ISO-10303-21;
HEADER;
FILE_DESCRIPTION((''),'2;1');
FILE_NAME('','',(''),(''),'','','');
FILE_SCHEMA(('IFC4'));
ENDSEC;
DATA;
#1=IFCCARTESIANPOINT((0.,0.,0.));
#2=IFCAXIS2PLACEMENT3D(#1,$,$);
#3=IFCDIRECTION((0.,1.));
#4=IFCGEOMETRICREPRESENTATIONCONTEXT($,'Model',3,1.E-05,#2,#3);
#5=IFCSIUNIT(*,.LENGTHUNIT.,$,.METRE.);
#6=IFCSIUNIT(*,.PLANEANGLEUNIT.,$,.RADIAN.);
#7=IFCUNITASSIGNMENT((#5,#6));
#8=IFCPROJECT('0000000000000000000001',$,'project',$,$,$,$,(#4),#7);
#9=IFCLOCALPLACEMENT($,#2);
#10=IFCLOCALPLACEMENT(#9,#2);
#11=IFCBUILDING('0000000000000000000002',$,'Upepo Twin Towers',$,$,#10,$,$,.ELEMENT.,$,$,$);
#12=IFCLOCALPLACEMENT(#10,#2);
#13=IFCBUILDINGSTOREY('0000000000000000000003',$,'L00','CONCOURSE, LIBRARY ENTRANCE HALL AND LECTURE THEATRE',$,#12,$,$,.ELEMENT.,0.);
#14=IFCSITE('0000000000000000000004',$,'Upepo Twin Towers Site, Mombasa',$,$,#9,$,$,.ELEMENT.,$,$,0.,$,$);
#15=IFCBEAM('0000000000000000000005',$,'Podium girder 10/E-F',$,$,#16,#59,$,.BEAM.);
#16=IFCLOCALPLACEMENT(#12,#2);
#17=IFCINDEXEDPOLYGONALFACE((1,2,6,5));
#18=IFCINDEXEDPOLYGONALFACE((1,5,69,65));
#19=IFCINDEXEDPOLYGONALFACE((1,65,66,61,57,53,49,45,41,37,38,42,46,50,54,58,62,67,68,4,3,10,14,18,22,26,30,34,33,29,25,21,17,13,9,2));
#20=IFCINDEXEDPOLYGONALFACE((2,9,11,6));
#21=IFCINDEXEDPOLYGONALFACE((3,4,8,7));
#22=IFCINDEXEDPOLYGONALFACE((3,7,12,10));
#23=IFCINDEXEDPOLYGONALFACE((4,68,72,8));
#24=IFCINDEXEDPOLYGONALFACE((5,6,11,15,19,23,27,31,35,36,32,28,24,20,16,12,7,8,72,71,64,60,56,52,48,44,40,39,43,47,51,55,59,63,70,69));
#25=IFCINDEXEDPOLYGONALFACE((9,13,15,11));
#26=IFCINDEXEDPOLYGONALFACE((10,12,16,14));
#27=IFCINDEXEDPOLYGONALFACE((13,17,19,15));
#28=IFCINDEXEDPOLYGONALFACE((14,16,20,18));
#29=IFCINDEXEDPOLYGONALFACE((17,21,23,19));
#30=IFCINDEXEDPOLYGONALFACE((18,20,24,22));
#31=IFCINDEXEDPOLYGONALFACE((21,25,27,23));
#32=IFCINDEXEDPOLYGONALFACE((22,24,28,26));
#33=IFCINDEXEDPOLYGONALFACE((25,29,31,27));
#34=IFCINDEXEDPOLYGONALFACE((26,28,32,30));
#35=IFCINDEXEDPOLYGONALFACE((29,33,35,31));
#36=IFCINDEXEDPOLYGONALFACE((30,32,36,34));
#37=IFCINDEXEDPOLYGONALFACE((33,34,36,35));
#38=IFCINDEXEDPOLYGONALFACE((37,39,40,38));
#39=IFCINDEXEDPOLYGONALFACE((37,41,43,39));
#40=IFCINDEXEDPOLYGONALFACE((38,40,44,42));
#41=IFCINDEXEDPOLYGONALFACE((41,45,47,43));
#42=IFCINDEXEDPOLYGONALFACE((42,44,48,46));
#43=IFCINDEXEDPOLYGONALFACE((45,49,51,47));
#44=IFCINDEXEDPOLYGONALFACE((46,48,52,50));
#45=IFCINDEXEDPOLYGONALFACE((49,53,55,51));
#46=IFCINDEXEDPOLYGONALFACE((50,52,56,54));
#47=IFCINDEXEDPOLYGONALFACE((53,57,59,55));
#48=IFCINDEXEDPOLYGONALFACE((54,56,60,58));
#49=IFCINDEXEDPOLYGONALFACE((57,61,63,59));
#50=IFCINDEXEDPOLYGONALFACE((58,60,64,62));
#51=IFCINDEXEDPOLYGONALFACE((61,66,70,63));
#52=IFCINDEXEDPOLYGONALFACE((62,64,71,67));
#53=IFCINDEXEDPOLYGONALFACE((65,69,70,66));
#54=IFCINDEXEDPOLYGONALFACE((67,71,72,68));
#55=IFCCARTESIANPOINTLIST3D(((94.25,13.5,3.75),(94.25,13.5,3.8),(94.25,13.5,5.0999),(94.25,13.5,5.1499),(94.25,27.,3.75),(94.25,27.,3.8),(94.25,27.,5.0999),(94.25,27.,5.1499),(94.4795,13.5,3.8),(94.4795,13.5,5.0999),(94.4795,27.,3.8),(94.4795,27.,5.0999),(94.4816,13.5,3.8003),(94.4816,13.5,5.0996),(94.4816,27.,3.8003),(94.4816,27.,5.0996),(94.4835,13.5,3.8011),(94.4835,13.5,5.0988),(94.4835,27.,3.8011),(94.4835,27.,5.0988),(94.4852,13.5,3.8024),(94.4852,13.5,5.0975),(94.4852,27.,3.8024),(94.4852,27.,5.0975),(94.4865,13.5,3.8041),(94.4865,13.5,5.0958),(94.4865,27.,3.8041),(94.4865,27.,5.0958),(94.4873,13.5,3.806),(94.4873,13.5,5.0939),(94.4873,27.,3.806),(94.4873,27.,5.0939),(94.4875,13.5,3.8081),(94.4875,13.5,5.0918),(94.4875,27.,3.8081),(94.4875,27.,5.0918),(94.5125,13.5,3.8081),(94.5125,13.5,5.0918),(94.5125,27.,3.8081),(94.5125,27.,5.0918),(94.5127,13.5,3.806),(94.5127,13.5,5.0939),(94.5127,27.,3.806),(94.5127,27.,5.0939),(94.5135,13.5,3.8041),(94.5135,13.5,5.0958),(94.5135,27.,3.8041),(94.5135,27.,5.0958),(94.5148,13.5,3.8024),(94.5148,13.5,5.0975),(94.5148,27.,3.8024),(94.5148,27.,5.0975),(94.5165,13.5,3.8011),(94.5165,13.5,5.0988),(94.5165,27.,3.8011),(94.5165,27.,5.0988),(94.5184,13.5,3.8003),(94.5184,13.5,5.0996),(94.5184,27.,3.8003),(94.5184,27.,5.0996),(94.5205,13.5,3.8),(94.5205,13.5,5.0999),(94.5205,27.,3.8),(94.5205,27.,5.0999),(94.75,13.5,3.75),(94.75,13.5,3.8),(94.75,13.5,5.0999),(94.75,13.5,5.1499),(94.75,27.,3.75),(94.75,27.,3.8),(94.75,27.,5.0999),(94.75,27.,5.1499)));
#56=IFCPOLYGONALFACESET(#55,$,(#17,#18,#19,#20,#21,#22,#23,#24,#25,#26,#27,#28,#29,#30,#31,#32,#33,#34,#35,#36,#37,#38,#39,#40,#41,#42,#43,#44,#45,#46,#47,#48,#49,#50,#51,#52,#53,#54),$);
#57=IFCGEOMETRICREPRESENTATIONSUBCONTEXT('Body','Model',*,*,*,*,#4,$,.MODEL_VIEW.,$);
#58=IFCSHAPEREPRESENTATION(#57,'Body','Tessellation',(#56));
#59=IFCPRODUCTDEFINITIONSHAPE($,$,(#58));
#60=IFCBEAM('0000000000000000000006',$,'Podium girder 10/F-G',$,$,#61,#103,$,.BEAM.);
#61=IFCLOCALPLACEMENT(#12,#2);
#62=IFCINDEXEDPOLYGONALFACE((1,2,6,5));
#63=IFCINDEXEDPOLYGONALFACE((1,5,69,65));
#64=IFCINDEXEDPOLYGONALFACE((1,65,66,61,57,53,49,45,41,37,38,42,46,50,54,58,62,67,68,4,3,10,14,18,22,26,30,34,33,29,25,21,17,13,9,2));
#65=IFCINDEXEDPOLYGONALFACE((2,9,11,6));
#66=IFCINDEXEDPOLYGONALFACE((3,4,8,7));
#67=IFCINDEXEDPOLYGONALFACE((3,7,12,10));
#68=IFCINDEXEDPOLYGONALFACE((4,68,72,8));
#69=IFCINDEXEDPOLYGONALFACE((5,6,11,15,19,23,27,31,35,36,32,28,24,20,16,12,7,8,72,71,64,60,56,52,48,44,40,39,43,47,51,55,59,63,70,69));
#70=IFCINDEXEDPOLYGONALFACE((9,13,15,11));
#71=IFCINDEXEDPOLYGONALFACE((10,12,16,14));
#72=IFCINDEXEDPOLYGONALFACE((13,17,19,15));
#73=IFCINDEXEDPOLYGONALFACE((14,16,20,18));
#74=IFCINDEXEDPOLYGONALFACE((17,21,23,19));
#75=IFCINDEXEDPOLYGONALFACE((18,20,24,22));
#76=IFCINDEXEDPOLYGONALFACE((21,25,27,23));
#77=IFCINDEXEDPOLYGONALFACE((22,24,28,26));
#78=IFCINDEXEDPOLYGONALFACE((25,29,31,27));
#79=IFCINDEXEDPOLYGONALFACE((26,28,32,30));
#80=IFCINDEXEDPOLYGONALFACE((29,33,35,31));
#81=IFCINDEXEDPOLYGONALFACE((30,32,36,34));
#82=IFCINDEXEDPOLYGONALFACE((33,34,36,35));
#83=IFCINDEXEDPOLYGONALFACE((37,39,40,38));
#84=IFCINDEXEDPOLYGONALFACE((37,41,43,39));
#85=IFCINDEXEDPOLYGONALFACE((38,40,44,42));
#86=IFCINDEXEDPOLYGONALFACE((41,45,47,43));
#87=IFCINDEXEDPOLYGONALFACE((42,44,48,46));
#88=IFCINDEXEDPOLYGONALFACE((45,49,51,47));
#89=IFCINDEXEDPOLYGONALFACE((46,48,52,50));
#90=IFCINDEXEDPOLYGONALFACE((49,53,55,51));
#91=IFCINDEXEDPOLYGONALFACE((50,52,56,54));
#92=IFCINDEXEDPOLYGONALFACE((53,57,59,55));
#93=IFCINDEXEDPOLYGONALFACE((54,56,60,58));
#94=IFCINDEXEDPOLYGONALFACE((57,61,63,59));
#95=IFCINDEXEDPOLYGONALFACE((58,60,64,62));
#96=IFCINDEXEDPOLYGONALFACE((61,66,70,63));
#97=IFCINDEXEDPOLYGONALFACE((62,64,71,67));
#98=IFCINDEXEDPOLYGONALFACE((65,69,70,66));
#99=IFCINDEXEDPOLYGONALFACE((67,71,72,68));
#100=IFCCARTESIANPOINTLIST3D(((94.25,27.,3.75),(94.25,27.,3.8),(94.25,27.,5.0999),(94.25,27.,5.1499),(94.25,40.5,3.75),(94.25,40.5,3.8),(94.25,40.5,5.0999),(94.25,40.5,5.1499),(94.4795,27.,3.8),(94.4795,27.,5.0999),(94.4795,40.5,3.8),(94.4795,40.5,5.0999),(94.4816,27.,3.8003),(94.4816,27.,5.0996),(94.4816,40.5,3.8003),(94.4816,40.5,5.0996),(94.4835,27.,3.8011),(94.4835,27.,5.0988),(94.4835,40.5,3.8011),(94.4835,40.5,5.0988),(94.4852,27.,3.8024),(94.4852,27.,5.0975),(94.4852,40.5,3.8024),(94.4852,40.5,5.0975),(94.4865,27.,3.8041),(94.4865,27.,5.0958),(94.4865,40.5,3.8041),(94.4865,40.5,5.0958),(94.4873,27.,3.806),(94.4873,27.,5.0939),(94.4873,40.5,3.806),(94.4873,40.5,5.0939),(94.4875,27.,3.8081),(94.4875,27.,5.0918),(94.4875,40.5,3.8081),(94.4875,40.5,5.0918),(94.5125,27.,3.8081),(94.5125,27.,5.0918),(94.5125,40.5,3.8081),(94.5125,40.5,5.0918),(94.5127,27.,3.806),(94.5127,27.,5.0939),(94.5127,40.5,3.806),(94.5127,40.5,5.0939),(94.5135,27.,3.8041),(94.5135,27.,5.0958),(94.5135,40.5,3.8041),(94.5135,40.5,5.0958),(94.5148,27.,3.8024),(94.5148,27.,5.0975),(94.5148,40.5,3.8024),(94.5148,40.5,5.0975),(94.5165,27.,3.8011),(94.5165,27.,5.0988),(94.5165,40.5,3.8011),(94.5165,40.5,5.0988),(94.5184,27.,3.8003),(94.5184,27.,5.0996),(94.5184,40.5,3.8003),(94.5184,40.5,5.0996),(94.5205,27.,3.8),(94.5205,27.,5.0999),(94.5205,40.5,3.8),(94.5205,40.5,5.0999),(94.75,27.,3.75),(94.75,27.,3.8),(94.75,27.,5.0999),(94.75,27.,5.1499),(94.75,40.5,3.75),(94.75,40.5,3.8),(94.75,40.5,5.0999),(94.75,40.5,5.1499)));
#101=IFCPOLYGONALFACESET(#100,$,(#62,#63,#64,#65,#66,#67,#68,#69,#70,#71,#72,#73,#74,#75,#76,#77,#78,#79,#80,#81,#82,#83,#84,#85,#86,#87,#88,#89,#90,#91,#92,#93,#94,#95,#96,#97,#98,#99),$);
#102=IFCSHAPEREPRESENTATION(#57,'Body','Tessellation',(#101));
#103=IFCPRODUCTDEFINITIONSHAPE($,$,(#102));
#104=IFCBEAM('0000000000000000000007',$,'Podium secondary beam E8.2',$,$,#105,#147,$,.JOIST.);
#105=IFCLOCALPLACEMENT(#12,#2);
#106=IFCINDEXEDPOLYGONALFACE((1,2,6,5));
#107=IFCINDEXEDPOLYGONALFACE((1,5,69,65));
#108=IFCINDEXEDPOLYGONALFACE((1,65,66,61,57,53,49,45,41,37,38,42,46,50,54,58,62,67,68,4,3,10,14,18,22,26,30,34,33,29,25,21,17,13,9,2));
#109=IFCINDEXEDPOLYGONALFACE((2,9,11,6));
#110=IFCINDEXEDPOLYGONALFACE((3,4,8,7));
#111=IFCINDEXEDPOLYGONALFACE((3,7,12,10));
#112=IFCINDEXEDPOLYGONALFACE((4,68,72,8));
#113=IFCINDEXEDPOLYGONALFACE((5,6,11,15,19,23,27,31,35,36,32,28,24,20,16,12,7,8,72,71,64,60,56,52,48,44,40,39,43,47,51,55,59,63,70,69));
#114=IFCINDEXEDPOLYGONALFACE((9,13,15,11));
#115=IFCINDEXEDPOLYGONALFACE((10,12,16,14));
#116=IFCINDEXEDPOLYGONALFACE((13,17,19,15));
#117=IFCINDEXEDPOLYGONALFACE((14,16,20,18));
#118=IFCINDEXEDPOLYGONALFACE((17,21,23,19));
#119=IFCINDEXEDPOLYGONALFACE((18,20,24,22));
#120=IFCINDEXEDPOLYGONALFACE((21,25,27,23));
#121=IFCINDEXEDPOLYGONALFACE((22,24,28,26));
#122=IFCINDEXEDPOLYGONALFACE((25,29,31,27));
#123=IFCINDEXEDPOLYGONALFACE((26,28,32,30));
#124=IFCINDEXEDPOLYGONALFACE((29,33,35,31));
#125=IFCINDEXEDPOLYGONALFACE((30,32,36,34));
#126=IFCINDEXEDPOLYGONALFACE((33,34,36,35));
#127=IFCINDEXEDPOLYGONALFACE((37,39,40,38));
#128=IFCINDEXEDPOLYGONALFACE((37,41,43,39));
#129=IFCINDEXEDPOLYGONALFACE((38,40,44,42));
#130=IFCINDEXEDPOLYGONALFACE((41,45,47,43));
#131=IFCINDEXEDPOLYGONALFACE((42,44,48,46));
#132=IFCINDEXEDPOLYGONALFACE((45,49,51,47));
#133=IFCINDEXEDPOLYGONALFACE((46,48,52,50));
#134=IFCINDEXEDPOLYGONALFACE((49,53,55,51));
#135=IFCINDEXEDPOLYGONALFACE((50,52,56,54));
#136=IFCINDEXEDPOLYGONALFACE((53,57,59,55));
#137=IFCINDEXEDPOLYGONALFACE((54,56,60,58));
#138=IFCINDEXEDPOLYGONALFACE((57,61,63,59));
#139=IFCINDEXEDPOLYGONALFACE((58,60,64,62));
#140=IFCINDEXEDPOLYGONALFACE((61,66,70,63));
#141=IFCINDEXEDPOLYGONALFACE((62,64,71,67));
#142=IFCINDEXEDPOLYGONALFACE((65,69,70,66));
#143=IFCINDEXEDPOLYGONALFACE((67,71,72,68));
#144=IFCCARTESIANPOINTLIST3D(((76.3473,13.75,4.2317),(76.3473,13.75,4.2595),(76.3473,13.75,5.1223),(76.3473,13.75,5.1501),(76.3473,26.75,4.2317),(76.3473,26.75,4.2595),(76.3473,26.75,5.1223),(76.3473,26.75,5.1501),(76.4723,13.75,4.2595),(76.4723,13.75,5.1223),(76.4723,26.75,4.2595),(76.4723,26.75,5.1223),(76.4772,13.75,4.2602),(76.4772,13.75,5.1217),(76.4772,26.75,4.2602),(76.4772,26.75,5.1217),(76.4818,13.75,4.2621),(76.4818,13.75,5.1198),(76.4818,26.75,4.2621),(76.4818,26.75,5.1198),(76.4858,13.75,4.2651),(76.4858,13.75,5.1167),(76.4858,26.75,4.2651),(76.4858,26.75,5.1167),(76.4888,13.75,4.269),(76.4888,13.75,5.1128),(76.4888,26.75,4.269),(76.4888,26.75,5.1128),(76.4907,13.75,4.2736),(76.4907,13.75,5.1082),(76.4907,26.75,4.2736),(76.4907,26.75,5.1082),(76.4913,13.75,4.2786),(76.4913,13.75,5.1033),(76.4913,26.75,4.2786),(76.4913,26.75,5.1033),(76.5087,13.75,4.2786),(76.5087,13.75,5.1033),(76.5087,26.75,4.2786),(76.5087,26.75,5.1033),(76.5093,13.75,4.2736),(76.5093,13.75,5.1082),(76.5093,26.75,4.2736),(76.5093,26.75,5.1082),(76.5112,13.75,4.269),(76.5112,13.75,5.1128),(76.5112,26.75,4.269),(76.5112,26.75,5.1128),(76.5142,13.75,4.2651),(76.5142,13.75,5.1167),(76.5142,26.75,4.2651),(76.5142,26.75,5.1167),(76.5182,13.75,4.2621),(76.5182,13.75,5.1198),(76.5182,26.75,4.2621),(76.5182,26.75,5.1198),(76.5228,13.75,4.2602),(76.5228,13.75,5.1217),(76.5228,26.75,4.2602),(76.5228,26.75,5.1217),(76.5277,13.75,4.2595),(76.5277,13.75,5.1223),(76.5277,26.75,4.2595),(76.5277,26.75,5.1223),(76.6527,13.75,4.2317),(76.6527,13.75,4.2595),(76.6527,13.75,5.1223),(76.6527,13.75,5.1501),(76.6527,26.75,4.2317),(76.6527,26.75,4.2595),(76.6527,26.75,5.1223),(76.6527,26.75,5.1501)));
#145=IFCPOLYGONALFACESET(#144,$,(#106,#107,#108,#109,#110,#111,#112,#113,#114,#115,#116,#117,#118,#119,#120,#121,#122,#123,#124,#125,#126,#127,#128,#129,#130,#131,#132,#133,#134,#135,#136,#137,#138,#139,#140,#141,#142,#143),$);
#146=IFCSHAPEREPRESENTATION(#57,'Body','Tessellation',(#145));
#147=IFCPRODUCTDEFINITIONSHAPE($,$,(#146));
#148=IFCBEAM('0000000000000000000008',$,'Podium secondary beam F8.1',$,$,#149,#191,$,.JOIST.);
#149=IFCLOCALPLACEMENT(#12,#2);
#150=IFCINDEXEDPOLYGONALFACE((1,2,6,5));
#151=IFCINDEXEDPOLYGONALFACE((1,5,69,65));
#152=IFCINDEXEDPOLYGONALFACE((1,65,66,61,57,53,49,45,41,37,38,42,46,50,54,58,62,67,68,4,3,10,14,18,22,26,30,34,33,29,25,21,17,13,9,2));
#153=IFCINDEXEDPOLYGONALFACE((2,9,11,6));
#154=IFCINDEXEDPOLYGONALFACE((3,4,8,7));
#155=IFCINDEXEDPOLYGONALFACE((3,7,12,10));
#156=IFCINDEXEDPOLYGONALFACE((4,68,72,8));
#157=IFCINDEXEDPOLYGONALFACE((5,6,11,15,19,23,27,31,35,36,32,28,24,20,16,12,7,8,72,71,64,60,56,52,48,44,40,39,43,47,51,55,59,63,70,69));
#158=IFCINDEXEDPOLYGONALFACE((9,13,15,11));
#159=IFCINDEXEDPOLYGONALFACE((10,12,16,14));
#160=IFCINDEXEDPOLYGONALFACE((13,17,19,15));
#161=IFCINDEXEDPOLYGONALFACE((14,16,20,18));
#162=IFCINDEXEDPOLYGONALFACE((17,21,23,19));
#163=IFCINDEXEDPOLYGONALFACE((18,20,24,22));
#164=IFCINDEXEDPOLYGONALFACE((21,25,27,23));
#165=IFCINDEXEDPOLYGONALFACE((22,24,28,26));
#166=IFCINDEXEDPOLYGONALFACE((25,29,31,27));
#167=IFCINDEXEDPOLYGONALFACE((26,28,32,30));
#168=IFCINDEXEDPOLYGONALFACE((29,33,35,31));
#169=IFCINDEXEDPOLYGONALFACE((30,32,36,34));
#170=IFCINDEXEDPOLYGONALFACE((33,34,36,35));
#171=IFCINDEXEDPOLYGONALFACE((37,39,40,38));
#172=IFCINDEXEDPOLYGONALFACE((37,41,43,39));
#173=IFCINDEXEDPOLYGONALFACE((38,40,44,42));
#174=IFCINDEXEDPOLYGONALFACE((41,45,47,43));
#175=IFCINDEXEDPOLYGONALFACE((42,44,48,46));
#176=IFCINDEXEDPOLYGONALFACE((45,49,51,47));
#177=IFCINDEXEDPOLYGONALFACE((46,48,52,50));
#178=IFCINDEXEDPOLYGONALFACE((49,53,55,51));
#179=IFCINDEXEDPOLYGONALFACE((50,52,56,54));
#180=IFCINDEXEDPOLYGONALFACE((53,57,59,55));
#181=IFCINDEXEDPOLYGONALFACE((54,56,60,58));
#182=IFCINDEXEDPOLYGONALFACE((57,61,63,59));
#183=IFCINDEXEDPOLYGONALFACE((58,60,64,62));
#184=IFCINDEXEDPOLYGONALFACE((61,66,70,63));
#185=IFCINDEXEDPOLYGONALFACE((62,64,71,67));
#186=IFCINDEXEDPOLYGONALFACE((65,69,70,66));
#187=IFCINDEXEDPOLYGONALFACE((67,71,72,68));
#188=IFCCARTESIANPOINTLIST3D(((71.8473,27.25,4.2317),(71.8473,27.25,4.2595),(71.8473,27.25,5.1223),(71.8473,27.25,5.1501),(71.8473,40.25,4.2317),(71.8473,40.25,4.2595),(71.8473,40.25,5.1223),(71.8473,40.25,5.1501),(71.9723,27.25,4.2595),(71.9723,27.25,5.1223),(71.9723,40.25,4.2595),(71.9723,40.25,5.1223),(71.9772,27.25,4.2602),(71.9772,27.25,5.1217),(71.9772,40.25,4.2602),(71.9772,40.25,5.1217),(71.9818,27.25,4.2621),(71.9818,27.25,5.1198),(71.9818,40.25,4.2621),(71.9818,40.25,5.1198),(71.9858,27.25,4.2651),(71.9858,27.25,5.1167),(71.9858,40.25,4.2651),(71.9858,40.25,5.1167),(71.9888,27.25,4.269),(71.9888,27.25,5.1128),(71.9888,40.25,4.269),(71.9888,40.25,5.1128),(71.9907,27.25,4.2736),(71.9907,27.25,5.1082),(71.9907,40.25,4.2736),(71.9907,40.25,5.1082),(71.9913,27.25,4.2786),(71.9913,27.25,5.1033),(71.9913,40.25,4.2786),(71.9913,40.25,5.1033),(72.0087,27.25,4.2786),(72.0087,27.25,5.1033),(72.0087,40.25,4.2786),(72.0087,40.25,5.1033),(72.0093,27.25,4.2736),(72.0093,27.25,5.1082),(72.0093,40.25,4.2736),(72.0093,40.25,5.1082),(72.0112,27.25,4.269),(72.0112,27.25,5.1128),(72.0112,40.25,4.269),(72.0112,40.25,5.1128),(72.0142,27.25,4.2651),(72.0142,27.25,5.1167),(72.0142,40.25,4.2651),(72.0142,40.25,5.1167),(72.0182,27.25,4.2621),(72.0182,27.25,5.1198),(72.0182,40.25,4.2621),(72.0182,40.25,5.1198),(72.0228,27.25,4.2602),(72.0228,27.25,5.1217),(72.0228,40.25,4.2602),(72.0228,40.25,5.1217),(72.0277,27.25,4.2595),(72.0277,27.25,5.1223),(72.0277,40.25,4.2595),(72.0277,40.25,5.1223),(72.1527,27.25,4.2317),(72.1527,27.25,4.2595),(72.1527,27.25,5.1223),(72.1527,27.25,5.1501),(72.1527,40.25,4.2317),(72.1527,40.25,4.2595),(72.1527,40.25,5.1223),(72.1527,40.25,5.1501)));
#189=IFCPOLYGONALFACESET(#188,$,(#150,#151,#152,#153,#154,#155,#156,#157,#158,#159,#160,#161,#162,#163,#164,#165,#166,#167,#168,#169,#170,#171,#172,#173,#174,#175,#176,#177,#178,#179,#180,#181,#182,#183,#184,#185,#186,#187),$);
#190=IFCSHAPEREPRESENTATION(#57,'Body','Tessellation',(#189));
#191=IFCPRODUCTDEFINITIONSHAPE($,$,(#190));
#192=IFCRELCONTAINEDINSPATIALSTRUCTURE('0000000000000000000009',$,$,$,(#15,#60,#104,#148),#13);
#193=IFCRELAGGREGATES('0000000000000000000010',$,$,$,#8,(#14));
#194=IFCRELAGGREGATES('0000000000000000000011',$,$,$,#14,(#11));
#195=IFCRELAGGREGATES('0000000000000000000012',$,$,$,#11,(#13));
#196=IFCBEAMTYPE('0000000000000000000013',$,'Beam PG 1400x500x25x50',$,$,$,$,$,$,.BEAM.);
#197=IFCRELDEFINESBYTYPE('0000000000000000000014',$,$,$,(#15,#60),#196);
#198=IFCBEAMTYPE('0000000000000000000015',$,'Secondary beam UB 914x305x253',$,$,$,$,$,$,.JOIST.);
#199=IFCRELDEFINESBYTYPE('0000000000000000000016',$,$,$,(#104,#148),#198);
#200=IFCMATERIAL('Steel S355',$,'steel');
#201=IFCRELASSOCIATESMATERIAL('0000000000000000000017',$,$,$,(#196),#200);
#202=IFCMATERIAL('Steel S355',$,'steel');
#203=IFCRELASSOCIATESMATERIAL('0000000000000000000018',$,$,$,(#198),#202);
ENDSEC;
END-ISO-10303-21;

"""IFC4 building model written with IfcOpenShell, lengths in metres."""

from ifc_helpers import new_model, si_unit, direction, frame, origin, origin_2d, place, context, subcontext, project, spatial, i_section, extrude, material, material_profile, profile_set, type_object, element, save


model = new_model("IFC4")

# Units and contexts
model_context = context("Model", 3, precision=1e-05, world=origin(), true_north=direction((0.0, 1.0)))
body_context = subcontext(model_context, "Body", "Model", "MODEL_VIEW")
ifc_project = project(units=[si_unit("LENGTHUNIT", "METRE"), si_unit("PLANEANGLEUNIT", "RADIAN")], contexts=[model_context])

# Site, building, storey
site_placement = place(None, origin())
site = spatial("IfcSite", under=ifc_project, at=site_placement, Name="Upepo Twin Towers Site, Mombasa", CompositionType="ELEMENT", RefElevation=0.0)
building_placement = place(site_placement, origin())
building = spatial("IfcBuilding", under=site, at=building_placement, Name="Upepo Twin Towers", CompositionType="ELEMENT")
storey_placement = place(building_placement, origin())
storey = spatial("IfcBuildingStorey", under=building, at=storey_placement, Name="L00", Description="CONCOURSE, LIBRARY ENTRANCE HALL AND LECTURE THEATRE", CompositionType="ELEMENT", Elevation=0.0)

# Beams
ifc_material_1 = material(Name="Steel S355", Category="steel")
ifc_material_profile_1 = material_profile(ifc_material_1, i_section(OverallWidth=0.5, OverallDepth=1.3999, WebThickness=0.0249, FlangeThickness=0.05, FilletRadius=0.0081, at=origin_2d()), Name="PG 1400x500x25x50")
ifc_profile_set_1 = profile_set([ifc_material_profile_1], Name="Steel S355")
beam_type_1 = type_object("IfcBeamType", Name="Beam PG 1400x500x25x50", PredefinedType="BEAM", material=ifc_profile_set_1)
for number, where, z_axis, x_axis, name in (
    (1, (94.5, 13.5, 4.45), (0.0, 1.0, 0.0), (-1.0, 0.0, 0.0), "Podium girder 10/E-F"),
    (2, (94.5, 27.0, 4.45), (0.0, 1.0, 0.0), (-1.0, 0.0, 0.0), "Podium girder 10/F-G"),
):
    element("IfcBeam", number, at=place(storey_placement, frame(where, z_axis=z_axis, x_axis=x_axis)), inside=storey, type_object=beam_type_1, Name=name, PredefinedType="BEAM", context=body_context, shape_type="SweptSolid", body=[
        extrude(i_section(OverallWidth=0.5, OverallDepth=1.3999, WebThickness=0.0249, FlangeThickness=0.05, FilletRadius=0.0081, at=origin_2d()), origin(), (0.0, 0.0, 1.0), 13.5),
    ])
ifc_material_2 = material(Name="Steel S355", Category="steel")
ifc_material_profile_2 = material_profile(ifc_material_2, i_section(OverallWidth=0.3054, OverallDepth=0.9185, WebThickness=0.0173, FlangeThickness=0.0278, FilletRadius=0.019, at=origin_2d()), Name="UB 914x305x253")
ifc_profile_set_2 = profile_set([ifc_material_profile_2], Name="Steel S355")
beam_type_2 = type_object("IfcBeamType", Name="Secondary beam UB 914x305x253", PredefinedType="JOIST", material=ifc_profile_set_2)
for number, where, z_axis, x_axis, name in (
    (3, (76.5, 13.75, 4.6909), (0.0, 1.0, 0.0), (-1.0, 0.0, 0.0), "Podium secondary beam E8.2"),
    (4, (72.0, 27.25, 4.6909), (0.0, 1.0, 0.0), (-1.0, 0.0, 0.0), "Podium secondary beam F8.1"),
):
    element("IfcBeam", number, at=place(storey_placement, frame(where, z_axis=z_axis, x_axis=x_axis)), inside=storey, type_object=beam_type_2, Name=name, PredefinedType="JOIST", context=body_context, shape_type="SweptSolid", body=[
        extrude(i_section(OverallWidth=0.3054, OverallDepth=0.9185, WebThickness=0.0173, FlangeThickness=0.0278, FilletRadius=0.019, at=origin_2d()), origin(), (0.0, 0.0, 1.0), 13.0),
    ])

save(model, "model.ifc")
